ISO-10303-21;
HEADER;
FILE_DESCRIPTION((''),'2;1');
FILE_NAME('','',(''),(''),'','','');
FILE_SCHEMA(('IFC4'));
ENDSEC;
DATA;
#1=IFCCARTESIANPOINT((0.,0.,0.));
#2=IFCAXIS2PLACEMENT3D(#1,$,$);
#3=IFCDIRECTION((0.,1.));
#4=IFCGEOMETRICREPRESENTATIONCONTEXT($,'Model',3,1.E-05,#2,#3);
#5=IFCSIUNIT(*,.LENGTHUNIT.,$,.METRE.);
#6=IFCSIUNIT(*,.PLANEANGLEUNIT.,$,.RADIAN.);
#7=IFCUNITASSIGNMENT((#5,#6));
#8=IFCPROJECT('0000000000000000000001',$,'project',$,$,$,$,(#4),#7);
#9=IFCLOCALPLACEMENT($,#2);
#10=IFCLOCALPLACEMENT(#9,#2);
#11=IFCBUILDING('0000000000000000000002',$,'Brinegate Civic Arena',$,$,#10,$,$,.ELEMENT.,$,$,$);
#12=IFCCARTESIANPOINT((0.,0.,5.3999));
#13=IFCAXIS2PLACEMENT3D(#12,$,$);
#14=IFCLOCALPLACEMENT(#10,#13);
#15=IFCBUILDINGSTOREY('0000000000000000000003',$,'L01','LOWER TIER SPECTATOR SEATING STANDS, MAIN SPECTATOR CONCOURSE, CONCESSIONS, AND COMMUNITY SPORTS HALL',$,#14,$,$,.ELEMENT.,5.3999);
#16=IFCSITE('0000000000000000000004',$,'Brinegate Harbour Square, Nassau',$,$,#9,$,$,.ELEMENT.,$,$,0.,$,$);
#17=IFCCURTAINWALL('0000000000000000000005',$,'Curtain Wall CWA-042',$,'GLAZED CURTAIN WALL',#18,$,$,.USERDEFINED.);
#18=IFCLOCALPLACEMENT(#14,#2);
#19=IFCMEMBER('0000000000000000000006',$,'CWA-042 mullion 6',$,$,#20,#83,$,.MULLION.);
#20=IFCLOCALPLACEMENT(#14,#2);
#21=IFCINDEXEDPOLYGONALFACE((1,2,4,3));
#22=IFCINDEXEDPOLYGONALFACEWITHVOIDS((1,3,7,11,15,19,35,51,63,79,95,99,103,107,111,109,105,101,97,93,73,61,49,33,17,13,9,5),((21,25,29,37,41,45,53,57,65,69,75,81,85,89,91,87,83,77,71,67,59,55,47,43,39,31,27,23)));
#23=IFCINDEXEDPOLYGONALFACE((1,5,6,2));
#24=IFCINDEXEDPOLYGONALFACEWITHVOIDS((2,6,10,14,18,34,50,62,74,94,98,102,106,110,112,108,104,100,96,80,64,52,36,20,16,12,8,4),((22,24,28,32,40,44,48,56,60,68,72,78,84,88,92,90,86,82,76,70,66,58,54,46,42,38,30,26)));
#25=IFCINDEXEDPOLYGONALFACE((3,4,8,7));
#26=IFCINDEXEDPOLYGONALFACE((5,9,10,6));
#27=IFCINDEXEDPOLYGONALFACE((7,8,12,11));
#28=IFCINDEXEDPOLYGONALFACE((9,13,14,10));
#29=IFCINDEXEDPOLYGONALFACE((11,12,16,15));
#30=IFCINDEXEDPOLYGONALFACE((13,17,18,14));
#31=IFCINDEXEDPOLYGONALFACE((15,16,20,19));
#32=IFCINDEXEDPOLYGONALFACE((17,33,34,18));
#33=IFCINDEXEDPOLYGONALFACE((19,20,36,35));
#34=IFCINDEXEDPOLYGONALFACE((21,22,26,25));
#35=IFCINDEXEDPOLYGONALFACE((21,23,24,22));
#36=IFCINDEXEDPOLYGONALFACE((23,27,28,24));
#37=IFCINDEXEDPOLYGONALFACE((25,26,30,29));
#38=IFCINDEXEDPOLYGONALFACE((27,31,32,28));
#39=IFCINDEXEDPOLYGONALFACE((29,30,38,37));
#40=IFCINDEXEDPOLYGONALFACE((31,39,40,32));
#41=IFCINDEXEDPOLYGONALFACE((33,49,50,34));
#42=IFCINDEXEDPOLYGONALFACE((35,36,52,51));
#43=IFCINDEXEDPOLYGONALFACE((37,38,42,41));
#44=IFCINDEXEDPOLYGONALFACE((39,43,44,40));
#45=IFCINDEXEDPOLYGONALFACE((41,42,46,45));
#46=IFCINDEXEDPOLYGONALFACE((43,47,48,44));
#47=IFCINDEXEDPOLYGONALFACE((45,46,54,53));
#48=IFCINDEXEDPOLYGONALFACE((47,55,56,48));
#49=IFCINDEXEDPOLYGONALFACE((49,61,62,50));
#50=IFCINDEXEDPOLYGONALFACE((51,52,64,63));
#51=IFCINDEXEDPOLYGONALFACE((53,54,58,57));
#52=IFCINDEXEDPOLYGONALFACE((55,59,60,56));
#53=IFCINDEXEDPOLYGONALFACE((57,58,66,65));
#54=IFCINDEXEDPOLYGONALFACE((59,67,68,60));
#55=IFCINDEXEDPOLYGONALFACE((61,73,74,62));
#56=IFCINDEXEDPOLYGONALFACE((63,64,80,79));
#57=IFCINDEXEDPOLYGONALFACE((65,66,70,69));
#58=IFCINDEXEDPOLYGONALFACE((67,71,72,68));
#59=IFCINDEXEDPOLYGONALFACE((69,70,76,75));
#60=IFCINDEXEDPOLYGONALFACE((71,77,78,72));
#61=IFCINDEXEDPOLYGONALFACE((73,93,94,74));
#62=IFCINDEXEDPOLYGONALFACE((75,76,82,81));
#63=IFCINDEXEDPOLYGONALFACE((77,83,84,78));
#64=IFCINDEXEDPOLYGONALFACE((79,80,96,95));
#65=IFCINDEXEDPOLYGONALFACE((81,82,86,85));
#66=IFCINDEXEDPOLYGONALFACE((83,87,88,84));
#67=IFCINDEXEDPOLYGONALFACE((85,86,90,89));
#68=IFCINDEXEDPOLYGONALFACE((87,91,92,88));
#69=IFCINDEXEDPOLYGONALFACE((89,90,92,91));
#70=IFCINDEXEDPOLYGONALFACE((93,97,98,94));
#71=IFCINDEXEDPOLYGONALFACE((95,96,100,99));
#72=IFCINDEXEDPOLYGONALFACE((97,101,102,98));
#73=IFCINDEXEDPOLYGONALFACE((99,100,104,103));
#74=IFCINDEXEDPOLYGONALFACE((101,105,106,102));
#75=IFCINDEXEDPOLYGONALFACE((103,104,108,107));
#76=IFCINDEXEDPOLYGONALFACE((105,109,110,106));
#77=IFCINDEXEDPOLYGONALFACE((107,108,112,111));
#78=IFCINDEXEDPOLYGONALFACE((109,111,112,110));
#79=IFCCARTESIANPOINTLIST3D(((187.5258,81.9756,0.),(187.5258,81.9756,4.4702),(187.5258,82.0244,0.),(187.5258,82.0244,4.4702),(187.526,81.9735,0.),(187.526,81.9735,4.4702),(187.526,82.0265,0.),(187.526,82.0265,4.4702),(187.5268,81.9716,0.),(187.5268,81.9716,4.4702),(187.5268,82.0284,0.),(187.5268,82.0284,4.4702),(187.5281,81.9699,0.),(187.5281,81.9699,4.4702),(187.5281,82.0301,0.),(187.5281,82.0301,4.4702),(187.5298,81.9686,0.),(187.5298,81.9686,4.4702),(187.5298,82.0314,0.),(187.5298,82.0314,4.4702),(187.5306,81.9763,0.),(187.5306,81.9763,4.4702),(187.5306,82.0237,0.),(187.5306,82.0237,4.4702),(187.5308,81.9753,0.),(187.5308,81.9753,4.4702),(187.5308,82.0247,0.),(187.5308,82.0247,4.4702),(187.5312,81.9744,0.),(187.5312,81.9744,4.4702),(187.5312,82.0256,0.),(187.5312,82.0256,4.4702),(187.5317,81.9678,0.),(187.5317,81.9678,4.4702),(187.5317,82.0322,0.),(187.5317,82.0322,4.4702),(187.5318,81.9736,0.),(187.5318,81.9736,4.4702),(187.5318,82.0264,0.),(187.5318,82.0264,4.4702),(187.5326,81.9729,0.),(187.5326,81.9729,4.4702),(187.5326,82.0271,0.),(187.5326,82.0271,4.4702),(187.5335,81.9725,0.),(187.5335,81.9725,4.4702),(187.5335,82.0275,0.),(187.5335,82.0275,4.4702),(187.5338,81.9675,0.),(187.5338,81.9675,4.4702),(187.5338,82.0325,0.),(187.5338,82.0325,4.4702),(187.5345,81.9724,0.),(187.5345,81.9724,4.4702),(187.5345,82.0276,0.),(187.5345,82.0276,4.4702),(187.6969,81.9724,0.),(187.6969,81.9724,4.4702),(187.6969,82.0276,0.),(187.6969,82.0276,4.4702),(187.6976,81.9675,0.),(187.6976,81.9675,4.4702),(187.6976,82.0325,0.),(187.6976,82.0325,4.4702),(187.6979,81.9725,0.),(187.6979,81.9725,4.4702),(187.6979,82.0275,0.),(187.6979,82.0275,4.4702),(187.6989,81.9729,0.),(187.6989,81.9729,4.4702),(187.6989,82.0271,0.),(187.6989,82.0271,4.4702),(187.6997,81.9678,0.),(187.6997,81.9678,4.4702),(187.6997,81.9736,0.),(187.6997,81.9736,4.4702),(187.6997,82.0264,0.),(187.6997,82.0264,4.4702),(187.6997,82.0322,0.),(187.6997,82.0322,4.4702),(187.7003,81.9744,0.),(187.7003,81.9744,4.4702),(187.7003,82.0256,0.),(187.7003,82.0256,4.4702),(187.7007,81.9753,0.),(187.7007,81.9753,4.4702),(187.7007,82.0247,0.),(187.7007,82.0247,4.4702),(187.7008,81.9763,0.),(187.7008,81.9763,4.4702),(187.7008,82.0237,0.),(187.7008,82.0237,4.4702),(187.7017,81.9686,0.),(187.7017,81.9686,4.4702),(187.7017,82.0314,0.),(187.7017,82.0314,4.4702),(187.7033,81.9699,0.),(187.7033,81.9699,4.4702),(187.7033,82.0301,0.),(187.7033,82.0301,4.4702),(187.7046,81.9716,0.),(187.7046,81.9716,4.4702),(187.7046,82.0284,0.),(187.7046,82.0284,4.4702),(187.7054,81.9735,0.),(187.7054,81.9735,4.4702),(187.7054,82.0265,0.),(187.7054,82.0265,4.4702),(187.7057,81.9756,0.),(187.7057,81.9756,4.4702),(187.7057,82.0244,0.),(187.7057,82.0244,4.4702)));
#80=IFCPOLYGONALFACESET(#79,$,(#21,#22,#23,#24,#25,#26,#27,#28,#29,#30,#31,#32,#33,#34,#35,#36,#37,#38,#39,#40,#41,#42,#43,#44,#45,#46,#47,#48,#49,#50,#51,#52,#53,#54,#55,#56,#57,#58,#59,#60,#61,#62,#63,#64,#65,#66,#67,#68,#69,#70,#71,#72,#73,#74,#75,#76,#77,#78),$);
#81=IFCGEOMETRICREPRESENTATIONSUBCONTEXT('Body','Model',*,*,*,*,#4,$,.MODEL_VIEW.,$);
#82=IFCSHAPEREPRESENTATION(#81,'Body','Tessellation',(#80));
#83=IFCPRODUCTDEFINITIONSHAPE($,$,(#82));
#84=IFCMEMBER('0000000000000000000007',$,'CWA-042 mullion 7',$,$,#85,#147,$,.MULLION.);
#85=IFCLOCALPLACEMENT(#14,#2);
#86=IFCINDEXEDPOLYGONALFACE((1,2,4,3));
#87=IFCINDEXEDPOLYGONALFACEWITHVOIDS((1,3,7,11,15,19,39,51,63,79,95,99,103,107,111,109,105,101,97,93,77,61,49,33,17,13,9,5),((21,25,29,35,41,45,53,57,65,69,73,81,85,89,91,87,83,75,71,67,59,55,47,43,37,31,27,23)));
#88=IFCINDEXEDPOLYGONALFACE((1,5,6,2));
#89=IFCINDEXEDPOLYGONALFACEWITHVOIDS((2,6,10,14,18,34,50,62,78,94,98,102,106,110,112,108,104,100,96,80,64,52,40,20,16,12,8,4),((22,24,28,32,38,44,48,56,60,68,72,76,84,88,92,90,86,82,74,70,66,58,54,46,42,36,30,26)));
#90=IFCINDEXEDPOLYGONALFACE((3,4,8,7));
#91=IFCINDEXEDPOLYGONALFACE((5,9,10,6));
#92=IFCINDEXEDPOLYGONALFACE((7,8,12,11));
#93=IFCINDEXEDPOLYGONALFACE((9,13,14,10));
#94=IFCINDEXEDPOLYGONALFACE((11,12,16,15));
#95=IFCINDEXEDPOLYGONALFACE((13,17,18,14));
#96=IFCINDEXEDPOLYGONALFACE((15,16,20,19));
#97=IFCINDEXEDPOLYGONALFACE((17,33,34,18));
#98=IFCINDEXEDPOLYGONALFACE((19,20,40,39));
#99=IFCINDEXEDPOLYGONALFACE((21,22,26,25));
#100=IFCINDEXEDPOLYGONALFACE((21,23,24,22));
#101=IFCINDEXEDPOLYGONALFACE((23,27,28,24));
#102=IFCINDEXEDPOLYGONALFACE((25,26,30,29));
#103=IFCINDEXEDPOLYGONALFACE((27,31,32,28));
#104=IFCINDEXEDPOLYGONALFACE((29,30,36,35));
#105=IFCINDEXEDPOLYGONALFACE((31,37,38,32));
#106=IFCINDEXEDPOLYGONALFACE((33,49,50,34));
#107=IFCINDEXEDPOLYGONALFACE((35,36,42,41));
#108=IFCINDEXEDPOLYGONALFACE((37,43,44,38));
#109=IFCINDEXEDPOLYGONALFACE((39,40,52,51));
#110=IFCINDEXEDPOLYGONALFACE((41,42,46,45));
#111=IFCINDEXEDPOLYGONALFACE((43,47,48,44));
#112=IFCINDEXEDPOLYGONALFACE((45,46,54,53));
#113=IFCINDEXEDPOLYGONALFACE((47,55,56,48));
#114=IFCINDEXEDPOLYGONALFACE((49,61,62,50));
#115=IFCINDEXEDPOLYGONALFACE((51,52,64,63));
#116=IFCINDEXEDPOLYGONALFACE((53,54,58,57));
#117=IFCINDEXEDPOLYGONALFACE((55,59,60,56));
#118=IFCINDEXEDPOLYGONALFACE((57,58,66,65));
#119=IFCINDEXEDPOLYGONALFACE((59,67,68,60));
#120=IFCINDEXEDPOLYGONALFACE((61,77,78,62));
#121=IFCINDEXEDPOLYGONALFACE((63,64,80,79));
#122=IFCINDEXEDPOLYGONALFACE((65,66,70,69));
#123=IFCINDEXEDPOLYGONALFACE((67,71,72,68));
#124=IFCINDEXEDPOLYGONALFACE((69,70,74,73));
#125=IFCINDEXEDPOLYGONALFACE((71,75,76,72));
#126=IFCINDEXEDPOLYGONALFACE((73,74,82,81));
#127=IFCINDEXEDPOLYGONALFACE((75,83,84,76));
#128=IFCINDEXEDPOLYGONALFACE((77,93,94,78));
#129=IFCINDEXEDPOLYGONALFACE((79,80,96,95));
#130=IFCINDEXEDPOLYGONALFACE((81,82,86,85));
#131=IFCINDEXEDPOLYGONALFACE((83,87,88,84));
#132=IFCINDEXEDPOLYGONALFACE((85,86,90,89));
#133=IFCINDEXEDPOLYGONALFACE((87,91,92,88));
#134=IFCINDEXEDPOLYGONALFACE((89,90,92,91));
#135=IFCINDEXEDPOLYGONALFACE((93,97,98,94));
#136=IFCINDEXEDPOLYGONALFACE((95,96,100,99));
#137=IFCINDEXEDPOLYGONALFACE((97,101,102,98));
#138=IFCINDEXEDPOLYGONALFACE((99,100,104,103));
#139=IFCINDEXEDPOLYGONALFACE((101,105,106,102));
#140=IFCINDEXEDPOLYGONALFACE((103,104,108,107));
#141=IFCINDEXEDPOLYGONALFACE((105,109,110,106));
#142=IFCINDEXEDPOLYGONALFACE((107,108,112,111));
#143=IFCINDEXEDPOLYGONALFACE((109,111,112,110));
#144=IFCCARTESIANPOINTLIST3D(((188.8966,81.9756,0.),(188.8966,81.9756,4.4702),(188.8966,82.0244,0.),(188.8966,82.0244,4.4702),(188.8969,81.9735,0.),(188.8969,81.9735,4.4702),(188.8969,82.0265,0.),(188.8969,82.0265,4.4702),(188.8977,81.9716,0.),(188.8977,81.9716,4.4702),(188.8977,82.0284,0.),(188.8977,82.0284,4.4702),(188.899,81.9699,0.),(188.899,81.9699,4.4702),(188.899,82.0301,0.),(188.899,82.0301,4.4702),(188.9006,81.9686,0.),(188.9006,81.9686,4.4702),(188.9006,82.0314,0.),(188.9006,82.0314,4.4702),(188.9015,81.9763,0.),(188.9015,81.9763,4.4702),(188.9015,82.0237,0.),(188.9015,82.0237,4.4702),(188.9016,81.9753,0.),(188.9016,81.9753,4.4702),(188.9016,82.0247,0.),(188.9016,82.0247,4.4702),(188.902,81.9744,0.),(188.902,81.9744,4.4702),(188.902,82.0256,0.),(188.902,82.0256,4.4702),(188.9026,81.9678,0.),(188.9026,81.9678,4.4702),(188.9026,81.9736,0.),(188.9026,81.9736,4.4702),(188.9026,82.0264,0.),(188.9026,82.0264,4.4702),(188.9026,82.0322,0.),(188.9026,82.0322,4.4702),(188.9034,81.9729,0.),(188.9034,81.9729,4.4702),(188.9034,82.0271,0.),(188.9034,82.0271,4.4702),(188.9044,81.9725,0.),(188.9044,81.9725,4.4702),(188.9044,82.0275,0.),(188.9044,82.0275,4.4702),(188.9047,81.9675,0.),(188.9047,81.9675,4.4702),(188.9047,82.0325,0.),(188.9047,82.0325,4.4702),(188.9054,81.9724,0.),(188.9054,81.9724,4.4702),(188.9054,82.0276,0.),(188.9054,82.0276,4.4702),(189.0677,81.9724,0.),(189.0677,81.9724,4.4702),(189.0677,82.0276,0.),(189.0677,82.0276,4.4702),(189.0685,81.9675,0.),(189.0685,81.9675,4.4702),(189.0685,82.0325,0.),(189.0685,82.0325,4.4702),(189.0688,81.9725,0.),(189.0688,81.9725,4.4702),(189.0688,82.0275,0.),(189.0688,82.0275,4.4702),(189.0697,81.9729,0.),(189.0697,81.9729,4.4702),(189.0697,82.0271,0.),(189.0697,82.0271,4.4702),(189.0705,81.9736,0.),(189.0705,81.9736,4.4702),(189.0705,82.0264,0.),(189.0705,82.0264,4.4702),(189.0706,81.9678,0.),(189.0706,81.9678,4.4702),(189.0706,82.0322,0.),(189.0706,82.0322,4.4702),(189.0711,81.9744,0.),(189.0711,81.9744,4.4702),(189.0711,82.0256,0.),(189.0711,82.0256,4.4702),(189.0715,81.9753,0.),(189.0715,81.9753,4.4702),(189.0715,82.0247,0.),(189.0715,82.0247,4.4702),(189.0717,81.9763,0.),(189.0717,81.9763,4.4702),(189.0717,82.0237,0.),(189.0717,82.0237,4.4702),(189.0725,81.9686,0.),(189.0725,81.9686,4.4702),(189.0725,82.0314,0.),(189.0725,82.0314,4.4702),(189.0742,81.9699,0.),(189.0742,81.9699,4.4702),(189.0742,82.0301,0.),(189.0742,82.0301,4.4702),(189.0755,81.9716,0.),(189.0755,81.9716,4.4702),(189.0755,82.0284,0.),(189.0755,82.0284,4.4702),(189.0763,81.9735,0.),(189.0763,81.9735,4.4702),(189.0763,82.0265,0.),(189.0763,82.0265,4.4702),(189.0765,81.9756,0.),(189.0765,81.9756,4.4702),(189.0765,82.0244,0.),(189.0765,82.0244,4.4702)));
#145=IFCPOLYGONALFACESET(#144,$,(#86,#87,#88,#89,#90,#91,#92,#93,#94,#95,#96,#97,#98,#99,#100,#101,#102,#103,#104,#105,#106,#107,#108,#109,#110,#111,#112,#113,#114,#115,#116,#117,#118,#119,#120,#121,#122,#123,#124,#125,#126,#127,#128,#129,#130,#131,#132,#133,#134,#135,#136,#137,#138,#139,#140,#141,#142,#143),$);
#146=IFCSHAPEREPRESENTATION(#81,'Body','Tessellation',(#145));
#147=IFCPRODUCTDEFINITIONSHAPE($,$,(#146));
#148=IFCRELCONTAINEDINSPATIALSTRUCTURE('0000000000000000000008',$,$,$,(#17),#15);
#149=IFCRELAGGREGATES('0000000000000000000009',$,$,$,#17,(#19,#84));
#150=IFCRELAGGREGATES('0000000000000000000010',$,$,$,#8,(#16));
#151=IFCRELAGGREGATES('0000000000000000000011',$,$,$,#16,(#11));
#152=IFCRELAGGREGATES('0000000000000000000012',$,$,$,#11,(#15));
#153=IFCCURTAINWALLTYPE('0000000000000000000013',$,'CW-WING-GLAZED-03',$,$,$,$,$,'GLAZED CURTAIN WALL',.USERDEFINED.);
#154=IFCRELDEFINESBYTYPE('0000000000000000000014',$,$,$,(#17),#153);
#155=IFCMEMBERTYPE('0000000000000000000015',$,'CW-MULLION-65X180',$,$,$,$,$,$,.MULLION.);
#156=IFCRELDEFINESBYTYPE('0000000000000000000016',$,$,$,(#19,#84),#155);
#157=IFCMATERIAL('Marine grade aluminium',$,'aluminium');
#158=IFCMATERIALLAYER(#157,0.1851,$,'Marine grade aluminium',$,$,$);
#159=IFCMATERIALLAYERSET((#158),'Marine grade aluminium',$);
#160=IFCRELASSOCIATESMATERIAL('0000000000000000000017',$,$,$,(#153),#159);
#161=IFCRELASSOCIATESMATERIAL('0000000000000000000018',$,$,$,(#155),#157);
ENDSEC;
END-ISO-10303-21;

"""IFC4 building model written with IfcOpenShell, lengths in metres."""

from ifc_helpers import new_model, si_unit, direction, frame, origin, origin_2d, place, context, subcontext, project, spatial, hollow_rectangle, extrude, material, layer, layer_set, material_profile, profile_set, type_object, element, aggregate, save


model = new_model("IFC4")

# Units and contexts
model_context = context("Model", 3, precision=1e-05, world=origin(), true_north=direction((0.0, 1.0)))
body_context = subcontext(model_context, "Body", "Model", "MODEL_VIEW")
ifc_project = project(units=[si_unit("LENGTHUNIT", "METRE"), si_unit("PLANEANGLEUNIT", "RADIAN")], contexts=[model_context])

# Site, building, storey
site_placement = place(None, origin())
site = spatial("IfcSite", under=ifc_project, at=site_placement, Name="Brinegate Harbour Square, Nassau", CompositionType="ELEMENT", RefElevation=0.0)
building_placement = place(site_placement, origin())
building = spatial("IfcBuilding", under=site, at=building_placement, Name="Brinegate Civic Arena", CompositionType="ELEMENT")
storey_placement = place(building_placement, frame((0.0, 0.0, 5.3999)))
storey = spatial("IfcBuildingStorey", under=building, at=storey_placement, Name="L01", Description="LOWER TIER SPECTATOR SEATING STANDS, MAIN SPECTATOR CONCOURSE, CONCESSIONS, AND COMMUNITY SPORTS HALL", CompositionType="ELEMENT", Elevation=5.3999)

# Curtain wall, members
ifc_material_1 = material(Name="Marine grade aluminium", Category="aluminium")
ifc_layer_1 = layer(ifc_material_1, 0.1851, Name="Marine grade aluminium")
ifc_layer_set_1 = layer_set([ifc_layer_1], Name="Marine grade aluminium")
curtain_wall_type = type_object("IfcCurtainWallType", Name="CW-WING-GLAZED-03", ElementType="GLAZED CURTAIN WALL", PredefinedType="USERDEFINED", material=ifc_layer_set_1)
curtain_wall_placement = place(storey_placement, origin())
curtain_wall = element("IfcCurtainWall", 1, at=curtain_wall_placement, inside=storey, type_object=curtain_wall_type, Name="Curtain Wall CWA-042", ObjectType="GLAZED CURTAIN WALL", PredefinedType="USERDEFINED")
ifc_material_profile_1 = material_profile(ifc_material_1, hollow_rectangle(XDim=0.0649, YDim=0.1799, WallThickness=0.0049, InnerFilletRadius=0.0039, OuterFilletRadius=0.0081, at=origin_2d()), Name="MUL65X180")
ifc_profile_set_1 = profile_set([ifc_material_profile_1], Name="Marine grade aluminium")
member_type_1 = type_object("IfcMemberType", Name="CW-MULLION-65X180", PredefinedType="MULLION", material=ifc_profile_set_1)
member_1_placement = place(storey_placement, frame((187.6157, 82.0, 0.0), z_axis=(0.0, 0.0, 1.0), x_axis=(0.0, 1.0, 0.0)))
member_1 = element("IfcMember", 2, at=member_1_placement, type_object=member_type_1, Name="CWA-042 mullion 6", PredefinedType="MULLION", context=body_context, shape_type="SweptSolid", body=[
    extrude(hollow_rectangle(XDim=0.0649, YDim=0.1799, WallThickness=0.0049, InnerFilletRadius=0.0039, OuterFilletRadius=0.0081, at=origin_2d()), origin(), (0.0, 0.0, 1.0), 4.4702),
])
member_2_placement = place(storey_placement, frame((188.9866, 82.0, 0.0), z_axis=(0.0, 0.0, 1.0), x_axis=(0.0, 1.0, 0.0)))
member_2 = element("IfcMember", 3, at=member_2_placement, type_object=member_type_1, Name="CWA-042 mullion 7", PredefinedType="MULLION", context=body_context, shape_type="SweptSolid", body=[
    extrude(hollow_rectangle(XDim=0.0649, YDim=0.1799, WallThickness=0.0049, InnerFilletRadius=0.0039, OuterFilletRadius=0.0081, at=origin_2d()), origin(), (0.0, 0.0, 1.0), 4.4702),
])

aggregate(curtain_wall, [member_1, member_2])

save(model, "model.ifc")
